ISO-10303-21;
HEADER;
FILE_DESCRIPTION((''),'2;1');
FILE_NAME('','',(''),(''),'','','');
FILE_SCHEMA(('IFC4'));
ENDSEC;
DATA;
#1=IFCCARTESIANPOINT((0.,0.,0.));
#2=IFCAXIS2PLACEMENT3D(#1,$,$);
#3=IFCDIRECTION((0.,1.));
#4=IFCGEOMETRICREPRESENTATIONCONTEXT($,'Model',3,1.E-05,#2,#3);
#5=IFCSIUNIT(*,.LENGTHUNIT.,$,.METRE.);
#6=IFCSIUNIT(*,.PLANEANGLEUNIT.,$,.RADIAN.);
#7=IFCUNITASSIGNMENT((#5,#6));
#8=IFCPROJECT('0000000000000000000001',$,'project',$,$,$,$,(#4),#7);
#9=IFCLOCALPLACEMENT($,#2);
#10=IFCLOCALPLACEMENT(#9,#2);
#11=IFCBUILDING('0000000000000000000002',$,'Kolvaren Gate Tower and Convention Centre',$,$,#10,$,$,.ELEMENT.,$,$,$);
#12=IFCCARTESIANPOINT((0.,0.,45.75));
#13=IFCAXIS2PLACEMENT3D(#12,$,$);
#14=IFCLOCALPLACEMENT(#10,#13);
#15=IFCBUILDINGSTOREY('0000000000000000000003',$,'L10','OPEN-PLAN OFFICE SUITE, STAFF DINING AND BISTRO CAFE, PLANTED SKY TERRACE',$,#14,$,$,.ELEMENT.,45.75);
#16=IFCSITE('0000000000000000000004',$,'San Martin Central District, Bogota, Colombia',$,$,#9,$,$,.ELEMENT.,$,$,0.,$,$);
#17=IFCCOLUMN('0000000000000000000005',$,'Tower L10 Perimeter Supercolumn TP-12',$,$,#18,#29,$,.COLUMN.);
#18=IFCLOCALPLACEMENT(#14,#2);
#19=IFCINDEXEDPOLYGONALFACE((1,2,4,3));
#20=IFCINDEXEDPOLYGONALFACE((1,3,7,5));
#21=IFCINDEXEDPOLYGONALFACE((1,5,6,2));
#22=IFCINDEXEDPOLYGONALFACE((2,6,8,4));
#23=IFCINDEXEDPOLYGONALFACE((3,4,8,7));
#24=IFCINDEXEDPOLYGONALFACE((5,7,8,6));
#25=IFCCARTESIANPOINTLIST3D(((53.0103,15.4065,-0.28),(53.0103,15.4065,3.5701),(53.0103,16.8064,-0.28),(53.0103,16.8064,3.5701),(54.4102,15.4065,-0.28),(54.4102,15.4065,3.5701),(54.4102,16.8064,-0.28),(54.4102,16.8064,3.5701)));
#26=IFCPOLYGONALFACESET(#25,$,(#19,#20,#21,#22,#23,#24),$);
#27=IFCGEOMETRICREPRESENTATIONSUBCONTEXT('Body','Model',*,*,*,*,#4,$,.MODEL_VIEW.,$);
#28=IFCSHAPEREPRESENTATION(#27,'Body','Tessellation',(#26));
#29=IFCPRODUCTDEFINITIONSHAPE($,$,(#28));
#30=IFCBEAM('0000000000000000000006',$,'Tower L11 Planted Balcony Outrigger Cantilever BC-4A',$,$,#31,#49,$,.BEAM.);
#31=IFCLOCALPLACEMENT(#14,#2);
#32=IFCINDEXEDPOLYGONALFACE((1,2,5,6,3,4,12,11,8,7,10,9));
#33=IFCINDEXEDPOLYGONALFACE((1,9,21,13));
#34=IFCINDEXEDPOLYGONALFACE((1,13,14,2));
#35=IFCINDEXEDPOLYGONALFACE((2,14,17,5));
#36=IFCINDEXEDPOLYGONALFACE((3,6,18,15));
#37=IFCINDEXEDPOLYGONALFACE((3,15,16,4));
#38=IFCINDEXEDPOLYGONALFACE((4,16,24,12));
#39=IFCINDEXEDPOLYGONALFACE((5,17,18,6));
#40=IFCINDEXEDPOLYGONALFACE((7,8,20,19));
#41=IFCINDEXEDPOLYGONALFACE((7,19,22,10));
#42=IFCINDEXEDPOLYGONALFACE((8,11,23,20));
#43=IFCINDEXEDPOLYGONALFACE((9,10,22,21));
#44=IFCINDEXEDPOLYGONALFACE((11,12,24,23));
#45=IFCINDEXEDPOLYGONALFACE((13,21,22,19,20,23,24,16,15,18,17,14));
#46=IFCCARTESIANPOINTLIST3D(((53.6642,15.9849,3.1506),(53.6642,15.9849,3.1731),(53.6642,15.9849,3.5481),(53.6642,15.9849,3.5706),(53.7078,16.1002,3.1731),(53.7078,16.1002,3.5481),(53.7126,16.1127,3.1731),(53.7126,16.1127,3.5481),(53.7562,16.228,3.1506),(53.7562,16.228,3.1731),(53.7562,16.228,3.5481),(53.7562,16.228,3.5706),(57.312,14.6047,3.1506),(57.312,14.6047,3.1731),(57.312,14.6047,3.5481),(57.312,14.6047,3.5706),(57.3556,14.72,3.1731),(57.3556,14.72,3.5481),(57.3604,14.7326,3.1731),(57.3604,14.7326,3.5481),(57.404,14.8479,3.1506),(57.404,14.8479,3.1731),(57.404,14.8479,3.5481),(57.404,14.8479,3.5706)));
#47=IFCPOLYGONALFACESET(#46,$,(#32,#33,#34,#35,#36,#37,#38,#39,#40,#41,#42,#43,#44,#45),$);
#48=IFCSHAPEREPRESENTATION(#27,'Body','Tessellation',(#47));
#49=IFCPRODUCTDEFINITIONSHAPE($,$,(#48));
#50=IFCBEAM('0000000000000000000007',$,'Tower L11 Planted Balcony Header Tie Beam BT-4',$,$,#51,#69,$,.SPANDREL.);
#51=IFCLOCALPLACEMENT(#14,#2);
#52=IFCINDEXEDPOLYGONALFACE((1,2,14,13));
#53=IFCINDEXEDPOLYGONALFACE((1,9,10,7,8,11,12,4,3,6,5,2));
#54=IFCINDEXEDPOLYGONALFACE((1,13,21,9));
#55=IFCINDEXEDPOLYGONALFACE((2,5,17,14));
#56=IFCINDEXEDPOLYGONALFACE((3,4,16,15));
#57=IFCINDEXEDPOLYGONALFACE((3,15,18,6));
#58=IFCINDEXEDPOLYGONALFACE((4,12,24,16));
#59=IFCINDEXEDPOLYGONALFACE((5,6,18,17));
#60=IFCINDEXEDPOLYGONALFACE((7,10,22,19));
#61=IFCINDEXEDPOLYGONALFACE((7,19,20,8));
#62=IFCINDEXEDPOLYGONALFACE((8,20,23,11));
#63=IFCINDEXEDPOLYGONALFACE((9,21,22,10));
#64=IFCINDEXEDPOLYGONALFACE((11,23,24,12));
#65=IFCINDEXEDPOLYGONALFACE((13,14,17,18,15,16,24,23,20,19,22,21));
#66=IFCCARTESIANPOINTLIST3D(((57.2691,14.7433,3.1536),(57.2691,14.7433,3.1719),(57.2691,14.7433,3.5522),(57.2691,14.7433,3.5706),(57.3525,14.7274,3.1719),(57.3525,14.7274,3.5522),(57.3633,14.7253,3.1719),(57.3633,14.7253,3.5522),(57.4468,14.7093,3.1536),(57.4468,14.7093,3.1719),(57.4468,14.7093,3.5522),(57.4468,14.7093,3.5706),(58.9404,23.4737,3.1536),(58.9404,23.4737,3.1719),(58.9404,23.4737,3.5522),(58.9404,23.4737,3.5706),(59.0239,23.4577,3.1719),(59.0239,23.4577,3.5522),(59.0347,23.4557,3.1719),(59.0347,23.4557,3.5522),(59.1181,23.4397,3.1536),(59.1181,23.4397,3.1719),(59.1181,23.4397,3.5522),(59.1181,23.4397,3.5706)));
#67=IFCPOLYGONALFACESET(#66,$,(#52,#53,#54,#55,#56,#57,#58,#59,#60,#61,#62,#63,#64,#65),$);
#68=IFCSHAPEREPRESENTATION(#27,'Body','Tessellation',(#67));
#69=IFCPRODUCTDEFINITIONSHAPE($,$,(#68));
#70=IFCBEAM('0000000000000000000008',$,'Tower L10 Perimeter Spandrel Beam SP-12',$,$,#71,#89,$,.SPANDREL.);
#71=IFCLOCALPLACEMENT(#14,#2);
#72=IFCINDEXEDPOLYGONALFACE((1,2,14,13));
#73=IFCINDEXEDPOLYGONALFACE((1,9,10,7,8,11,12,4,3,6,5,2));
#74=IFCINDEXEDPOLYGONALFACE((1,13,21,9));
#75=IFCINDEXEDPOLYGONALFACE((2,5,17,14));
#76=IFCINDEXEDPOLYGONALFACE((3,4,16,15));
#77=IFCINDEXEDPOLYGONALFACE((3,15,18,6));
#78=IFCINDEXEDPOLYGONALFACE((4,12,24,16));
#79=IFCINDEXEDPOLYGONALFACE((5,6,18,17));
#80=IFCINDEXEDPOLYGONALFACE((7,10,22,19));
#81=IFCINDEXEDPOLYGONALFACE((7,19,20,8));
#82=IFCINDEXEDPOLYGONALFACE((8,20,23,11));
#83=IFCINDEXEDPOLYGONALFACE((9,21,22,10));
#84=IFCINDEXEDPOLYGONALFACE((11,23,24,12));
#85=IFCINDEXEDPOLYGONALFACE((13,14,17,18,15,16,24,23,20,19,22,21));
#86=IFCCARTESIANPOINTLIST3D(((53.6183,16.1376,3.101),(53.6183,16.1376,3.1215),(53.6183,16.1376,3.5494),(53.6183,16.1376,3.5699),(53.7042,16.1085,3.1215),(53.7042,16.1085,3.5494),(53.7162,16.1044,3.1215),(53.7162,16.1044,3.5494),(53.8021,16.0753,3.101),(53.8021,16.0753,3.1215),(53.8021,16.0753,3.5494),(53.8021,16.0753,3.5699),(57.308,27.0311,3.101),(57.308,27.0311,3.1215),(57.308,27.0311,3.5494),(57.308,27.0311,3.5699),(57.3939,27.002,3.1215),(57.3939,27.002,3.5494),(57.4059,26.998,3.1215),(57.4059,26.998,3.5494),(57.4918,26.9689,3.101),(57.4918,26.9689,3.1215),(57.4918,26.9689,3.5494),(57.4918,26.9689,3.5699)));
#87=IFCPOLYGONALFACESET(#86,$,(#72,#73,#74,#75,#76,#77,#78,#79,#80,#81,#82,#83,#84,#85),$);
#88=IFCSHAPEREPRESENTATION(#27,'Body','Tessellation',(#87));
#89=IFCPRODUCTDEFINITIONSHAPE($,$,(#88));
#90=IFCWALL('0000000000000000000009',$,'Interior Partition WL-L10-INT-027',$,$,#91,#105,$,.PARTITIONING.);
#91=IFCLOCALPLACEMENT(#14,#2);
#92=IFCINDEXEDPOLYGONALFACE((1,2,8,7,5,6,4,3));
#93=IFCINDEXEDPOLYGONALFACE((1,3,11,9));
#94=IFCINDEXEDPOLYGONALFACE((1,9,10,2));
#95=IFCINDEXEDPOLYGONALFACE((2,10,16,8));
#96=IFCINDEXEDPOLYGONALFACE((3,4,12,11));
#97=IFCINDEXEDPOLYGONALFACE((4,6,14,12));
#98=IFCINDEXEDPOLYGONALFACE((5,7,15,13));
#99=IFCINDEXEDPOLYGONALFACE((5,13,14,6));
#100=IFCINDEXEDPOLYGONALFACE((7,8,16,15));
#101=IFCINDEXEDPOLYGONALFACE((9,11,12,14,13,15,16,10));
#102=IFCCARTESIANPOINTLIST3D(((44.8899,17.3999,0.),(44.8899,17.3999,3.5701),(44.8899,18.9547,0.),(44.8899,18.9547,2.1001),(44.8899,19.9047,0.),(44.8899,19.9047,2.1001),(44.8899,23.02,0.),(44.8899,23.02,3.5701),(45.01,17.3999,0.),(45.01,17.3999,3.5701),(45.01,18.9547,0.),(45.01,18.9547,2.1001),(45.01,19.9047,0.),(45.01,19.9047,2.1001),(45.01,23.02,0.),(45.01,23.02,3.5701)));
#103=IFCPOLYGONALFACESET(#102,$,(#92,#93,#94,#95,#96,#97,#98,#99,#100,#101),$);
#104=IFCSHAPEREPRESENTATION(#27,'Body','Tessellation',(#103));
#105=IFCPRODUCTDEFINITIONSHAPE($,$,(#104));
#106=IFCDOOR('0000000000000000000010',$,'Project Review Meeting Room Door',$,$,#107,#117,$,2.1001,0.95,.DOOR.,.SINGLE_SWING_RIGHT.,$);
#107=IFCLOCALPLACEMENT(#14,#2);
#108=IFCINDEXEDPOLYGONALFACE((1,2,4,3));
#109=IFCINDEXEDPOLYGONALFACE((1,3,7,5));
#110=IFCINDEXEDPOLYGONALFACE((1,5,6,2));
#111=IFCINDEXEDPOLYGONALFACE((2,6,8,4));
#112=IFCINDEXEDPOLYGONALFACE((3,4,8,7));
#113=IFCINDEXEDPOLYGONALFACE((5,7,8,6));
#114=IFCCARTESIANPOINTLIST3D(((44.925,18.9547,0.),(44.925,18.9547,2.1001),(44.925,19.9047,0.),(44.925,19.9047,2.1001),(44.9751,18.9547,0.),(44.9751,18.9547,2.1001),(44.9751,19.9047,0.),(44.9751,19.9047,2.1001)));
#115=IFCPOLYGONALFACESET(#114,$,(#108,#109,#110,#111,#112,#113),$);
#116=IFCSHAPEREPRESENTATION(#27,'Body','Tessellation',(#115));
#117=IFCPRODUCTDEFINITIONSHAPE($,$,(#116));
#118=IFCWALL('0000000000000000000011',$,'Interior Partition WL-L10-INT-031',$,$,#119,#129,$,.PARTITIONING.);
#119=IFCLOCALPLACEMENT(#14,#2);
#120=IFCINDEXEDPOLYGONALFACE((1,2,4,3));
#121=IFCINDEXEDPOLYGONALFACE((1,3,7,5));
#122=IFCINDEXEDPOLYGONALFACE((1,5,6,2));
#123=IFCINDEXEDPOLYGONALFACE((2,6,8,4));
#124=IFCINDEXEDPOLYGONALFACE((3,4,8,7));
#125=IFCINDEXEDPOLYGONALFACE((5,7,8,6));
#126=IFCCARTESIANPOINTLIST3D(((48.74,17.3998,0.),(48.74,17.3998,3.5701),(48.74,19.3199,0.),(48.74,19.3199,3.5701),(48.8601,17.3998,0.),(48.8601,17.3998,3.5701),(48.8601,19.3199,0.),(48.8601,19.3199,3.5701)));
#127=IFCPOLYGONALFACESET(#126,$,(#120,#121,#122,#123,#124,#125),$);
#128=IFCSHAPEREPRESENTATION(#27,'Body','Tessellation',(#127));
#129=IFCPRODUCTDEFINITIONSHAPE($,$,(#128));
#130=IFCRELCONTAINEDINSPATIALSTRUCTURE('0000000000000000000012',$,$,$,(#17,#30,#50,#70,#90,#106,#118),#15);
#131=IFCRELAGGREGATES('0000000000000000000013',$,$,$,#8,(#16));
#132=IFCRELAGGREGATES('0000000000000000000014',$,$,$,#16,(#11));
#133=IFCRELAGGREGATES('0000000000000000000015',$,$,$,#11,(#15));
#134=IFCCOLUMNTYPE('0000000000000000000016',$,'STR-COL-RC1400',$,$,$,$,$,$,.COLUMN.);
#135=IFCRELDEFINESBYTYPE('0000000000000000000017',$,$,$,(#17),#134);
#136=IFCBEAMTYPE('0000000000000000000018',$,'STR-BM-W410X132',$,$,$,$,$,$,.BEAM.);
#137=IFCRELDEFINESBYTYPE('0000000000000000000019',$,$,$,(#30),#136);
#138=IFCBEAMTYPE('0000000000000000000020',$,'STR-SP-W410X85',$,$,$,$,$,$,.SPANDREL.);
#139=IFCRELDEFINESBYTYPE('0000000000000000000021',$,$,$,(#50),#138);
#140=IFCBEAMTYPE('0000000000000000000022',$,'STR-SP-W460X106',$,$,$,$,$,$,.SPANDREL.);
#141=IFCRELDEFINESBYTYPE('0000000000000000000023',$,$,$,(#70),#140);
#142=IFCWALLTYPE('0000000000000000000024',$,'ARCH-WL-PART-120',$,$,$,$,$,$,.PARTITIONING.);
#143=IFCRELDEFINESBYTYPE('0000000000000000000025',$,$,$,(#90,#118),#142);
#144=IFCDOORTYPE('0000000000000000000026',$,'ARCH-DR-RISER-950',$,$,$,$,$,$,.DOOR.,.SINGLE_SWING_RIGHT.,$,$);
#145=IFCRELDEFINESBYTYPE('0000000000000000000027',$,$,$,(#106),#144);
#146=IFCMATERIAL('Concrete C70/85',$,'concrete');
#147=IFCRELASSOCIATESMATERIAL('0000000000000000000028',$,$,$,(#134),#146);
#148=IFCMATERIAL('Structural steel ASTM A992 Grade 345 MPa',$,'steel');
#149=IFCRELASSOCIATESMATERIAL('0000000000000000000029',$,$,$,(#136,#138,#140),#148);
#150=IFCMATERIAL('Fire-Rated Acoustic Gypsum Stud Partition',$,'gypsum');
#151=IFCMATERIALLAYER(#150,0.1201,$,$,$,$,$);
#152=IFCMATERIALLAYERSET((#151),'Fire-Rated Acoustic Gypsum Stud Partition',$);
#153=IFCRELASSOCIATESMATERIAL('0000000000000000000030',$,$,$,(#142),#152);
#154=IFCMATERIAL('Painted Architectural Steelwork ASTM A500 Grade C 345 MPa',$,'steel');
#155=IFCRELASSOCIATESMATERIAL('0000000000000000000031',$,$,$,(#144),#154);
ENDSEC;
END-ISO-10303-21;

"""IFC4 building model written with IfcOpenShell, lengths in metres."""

from ifc_helpers import new_model, si_unit, direction, frame, frame_2d, origin, origin_2d, place, context, subcontext, project, spatial, rectangle, i_section, extrude, material, layer, layer_set, material_profile, profile_set, type_object, element, fill, save


model = new_model("IFC4")

# Units and contexts
model_context = context("Model", 3, precision=1e-05, world=origin(), true_north=direction((0.0, 1.0)))
body_context = subcontext(model_context, "Body", "Model", "MODEL_VIEW")
ifc_project = project(units=[si_unit("LENGTHUNIT", "METRE"), si_unit("PLANEANGLEUNIT", "RADIAN")], contexts=[model_context])

# Site, building, storey
site_placement = place(None, origin())
site = spatial("IfcSite", under=ifc_project, at=site_placement, Name="San Martin Central District, Bogota, Colombia", CompositionType="ELEMENT", RefElevation=0.0)
building_placement = place(site_placement, origin())
building = spatial("IfcBuilding", under=site, at=building_placement, Name="Kolvaren Gate Tower and Convention Centre", CompositionType="ELEMENT")
storey_placement = place(building_placement, frame((0.0, 0.0, 45.75)))
storey = spatial("IfcBuildingStorey", under=building, at=storey_placement, Name="L10", Description="OPEN-PLAN OFFICE SUITE, STAFF DINING AND BISTRO CAFE, PLANTED SKY TERRACE", CompositionType="ELEMENT", Elevation=45.75)

# Column
ifc_material_1 = material(Name="Concrete C70/85", Category="concrete")
ifc_material_profile_1 = material_profile(ifc_material_1, rectangle(XDim=1.3999, YDim=1.3999, at=origin_2d()), Name="RC-COL-1400X1400")
ifc_profile_set_1 = profile_set([ifc_material_profile_1], Name="Concrete C70/85")
column_type = type_object("IfcColumnType", Name="STR-COL-RC1400", PredefinedType="COLUMN", material=ifc_profile_set_1)
column_placement = place(storey_placement, frame((53.7102, 16.1064, -0.28), z_axis=(0.0, 0.0, 1.0), x_axis=(1.0, 0.0, 0.0)))
element("IfcColumn", 1, at=column_placement, inside=storey, type_object=column_type, Name="Tower L10 Perimeter Supercolumn TP-12", PredefinedType="COLUMN", context=body_context, shape_type="SweptSolid", body=[
    extrude(rectangle(XDim=1.3999, YDim=1.3999, at=origin_2d()), origin(), (0.0, 0.0, 1.0), 3.8501),
])

# Beams
ifc_material_2 = material(Name="Structural steel ASTM A992 Grade 345 MPa", Category="steel")
ifc_material_profile_2 = material_profile(ifc_material_2, i_section(OverallWidth=0.26, OverallDepth=0.4199, WebThickness=0.0134, FlangeThickness=0.0225, at=origin_2d()), Name="W410X132")
ifc_profile_set_2 = profile_set([ifc_material_profile_2], Name="Structural steel ASTM A992 Grade 345 MPa")
beam_type_1 = type_object("IfcBeamType", Name="STR-BM-W410X132", PredefinedType="BEAM", material=ifc_profile_set_2)
beam_1_placement = place(storey_placement, frame((53.7102, 16.1064, 3.3606), z_axis=(0.935294, -0.353873, 0.0), x_axis=(0.353873, 0.935294, 0.0)))
element("IfcBeam", 2, at=beam_1_placement, inside=storey, type_object=beam_type_1, Name="Tower L11 Planted Balcony Outrigger Cantilever BC-4A", PredefinedType="BEAM", context=body_context, shape_type="SweptSolid", body=[
    extrude(i_section(OverallWidth=0.26, OverallDepth=0.4199, WebThickness=0.0134, FlangeThickness=0.0225, at=origin_2d()), origin(), (0.0, 0.0, 1.0), 3.9001),
])
ifc_material_profile_3 = material_profile(ifc_material_2, i_section(OverallWidth=0.1809, OverallDepth=0.417, WebThickness=0.011, FlangeThickness=0.0183, at=origin_2d()), Name="W410X85")
ifc_profile_set_3 = profile_set([ifc_material_profile_3], Name="Structural steel ASTM A992 Grade 345 MPa")
beam_type_2 = type_object("IfcBeamType", Name="STR-SP-W410X85", PredefinedType="SPANDREL", material=ifc_profile_set_3)
beam_2_placement = place(storey_placement, frame((57.3579, 14.7263, 3.3621), z_axis=(0.188028, 0.982164, 0.0), x_axis=(-0.982164, 0.188028, 0.0)))
element("IfcBeam", 3, at=beam_2_placement, inside=storey, type_object=beam_type_2, Name="Tower L11 Planted Balcony Header Tie Beam BT-4", PredefinedType="SPANDREL", context=body_context, shape_type="SweptSolid", body=[
    extrude(i_section(OverallWidth=0.1809, OverallDepth=0.417, WebThickness=0.011, FlangeThickness=0.0183, at=origin_2d()), origin(), (0.0, 0.0, 1.0), 8.8889),
])
ifc_material_profile_4 = material_profile(ifc_material_2, i_section(OverallWidth=0.1941, OverallDepth=0.469, WebThickness=0.0127, FlangeThickness=0.0205, at=origin_2d()), Name="W460X106")
ifc_profile_set_4 = profile_set([ifc_material_profile_4], Name="Structural steel ASTM A992 Grade 345 MPa")
beam_type_3 = type_object("IfcBeamType", Name="STR-SP-W460X106", PredefinedType="SPANDREL", material=ifc_profile_set_4)
beam_3_placement = place(storey_placement, frame((53.7102, 16.1064, 3.3354), z_axis=(0.320803, 0.947146, 0.0), x_axis=(-0.947146, 0.320803, 0.0)))
element("IfcBeam", 4, at=beam_3_placement, inside=storey, type_object=beam_type_3, Name="Tower L10 Perimeter Spandrel Beam SP-12", PredefinedType="SPANDREL", context=body_context, shape_type="SweptSolid", body=[
    extrude(i_section(OverallWidth=0.1941, OverallDepth=0.469, WebThickness=0.0127, FlangeThickness=0.0205, at=origin_2d()), origin(), (0.0, 0.0, 1.0), 11.5015),
])

# Wall, opening, door
ifc_material_3 = material(Name="Fire-Rated Acoustic Gypsum Stud Partition", Category="gypsum")
ifc_layer_1 = layer(ifc_material_3, 0.1201)
ifc_layer_set_1 = layer_set([ifc_layer_1], Name="Fire-Rated Acoustic Gypsum Stud Partition")
wall_type_1 = type_object("IfcWallType", Name="ARCH-WL-PART-120", PredefinedType="PARTITIONING", material=ifc_layer_set_1)
wall_1_placement = place(storey_placement, frame((44.95, 17.3999, 0.0), z_axis=(0.0, 0.0, 1.0), x_axis=(0.0, 1.0, 0.0)))
wall_1 = element("IfcWall", 5, at=wall_1_placement, inside=storey, type_object=wall_type_1, Name="Interior Partition WL-L10-INT-027", PredefinedType="PARTITIONING", context=body_context, shape_type="SweptSolid", body=[
    extrude(rectangle(XDim=5.6201, YDim=0.1201, at=frame_2d((2.8101, 0.0))), origin(), (0.0, 0.0, 1.0), 3.5701),
])
opening_1_placement = place(wall_1_placement, frame((1.5547, 0.0, 0.0)))
opening_1 = element("IfcOpeningElement", 6, at=opening_1_placement, cuts=wall_1, PredefinedType="OPENING", context=body_context, shape_type="SweptSolid", body=[
    extrude(rectangle(XDim=0.95, YDim=2.1001, at=frame_2d((0.4751, 1.05))), frame((0.0, 0.0701, 0.0), z_axis=(0.0, -1.0, 0.0), x_axis=(1.0, 0.0, 0.0)), (0.0, 0.0, 1.0), 0.1401),
])
ifc_material_4 = material(Name="Painted Architectural Steelwork ASTM A500 Grade C 345 MPa", Category="steel")
door_type_1 = type_object("IfcDoorType", Name="ARCH-DR-RISER-950", OperationType="SINGLE_SWING_RIGHT", PredefinedType="DOOR", material=ifc_material_4)
door_1_placement = place(opening_1_placement, origin())
door_1 = element("IfcDoor", 7, at=door_1_placement, inside=storey, type_object=door_type_1, Name="Project Review Meeting Room Door", OperationType="SINGLE_SWING_RIGHT", OverallHeight=2.1001, OverallWidth=0.95, PredefinedType="DOOR", context=body_context, shape_type="SweptSolid", body=[
    extrude(rectangle(XDim=0.95, YDim=2.1001, at=frame_2d((0.4751, 1.05))), frame((0.0, 0.0249, 0.0), z_axis=(0.0, -1.0, 0.0), x_axis=(1.0, 0.0, 0.0)), (0.0, 0.0, 1.0), 0.05),
])
fill(opening_1, door_1)

# Wall
wall_2_placement = place(storey_placement, frame((48.8, 17.3999, 0.0), z_axis=(0.0, 0.0, 1.0), x_axis=(0.0, 1.0, 0.0)))
element("IfcWall", 8, at=wall_2_placement, inside=storey, type_object=wall_type_1, Name="Interior Partition WL-L10-INT-031", PredefinedType="PARTITIONING", context=body_context, shape_type="SweptSolid", body=[
    extrude(rectangle(XDim=1.9202, YDim=0.1201, at=frame_2d((0.96, 0.0))), origin(), (0.0, 0.0, 1.0), 3.5701),
])

save(model, "model.ifc")
